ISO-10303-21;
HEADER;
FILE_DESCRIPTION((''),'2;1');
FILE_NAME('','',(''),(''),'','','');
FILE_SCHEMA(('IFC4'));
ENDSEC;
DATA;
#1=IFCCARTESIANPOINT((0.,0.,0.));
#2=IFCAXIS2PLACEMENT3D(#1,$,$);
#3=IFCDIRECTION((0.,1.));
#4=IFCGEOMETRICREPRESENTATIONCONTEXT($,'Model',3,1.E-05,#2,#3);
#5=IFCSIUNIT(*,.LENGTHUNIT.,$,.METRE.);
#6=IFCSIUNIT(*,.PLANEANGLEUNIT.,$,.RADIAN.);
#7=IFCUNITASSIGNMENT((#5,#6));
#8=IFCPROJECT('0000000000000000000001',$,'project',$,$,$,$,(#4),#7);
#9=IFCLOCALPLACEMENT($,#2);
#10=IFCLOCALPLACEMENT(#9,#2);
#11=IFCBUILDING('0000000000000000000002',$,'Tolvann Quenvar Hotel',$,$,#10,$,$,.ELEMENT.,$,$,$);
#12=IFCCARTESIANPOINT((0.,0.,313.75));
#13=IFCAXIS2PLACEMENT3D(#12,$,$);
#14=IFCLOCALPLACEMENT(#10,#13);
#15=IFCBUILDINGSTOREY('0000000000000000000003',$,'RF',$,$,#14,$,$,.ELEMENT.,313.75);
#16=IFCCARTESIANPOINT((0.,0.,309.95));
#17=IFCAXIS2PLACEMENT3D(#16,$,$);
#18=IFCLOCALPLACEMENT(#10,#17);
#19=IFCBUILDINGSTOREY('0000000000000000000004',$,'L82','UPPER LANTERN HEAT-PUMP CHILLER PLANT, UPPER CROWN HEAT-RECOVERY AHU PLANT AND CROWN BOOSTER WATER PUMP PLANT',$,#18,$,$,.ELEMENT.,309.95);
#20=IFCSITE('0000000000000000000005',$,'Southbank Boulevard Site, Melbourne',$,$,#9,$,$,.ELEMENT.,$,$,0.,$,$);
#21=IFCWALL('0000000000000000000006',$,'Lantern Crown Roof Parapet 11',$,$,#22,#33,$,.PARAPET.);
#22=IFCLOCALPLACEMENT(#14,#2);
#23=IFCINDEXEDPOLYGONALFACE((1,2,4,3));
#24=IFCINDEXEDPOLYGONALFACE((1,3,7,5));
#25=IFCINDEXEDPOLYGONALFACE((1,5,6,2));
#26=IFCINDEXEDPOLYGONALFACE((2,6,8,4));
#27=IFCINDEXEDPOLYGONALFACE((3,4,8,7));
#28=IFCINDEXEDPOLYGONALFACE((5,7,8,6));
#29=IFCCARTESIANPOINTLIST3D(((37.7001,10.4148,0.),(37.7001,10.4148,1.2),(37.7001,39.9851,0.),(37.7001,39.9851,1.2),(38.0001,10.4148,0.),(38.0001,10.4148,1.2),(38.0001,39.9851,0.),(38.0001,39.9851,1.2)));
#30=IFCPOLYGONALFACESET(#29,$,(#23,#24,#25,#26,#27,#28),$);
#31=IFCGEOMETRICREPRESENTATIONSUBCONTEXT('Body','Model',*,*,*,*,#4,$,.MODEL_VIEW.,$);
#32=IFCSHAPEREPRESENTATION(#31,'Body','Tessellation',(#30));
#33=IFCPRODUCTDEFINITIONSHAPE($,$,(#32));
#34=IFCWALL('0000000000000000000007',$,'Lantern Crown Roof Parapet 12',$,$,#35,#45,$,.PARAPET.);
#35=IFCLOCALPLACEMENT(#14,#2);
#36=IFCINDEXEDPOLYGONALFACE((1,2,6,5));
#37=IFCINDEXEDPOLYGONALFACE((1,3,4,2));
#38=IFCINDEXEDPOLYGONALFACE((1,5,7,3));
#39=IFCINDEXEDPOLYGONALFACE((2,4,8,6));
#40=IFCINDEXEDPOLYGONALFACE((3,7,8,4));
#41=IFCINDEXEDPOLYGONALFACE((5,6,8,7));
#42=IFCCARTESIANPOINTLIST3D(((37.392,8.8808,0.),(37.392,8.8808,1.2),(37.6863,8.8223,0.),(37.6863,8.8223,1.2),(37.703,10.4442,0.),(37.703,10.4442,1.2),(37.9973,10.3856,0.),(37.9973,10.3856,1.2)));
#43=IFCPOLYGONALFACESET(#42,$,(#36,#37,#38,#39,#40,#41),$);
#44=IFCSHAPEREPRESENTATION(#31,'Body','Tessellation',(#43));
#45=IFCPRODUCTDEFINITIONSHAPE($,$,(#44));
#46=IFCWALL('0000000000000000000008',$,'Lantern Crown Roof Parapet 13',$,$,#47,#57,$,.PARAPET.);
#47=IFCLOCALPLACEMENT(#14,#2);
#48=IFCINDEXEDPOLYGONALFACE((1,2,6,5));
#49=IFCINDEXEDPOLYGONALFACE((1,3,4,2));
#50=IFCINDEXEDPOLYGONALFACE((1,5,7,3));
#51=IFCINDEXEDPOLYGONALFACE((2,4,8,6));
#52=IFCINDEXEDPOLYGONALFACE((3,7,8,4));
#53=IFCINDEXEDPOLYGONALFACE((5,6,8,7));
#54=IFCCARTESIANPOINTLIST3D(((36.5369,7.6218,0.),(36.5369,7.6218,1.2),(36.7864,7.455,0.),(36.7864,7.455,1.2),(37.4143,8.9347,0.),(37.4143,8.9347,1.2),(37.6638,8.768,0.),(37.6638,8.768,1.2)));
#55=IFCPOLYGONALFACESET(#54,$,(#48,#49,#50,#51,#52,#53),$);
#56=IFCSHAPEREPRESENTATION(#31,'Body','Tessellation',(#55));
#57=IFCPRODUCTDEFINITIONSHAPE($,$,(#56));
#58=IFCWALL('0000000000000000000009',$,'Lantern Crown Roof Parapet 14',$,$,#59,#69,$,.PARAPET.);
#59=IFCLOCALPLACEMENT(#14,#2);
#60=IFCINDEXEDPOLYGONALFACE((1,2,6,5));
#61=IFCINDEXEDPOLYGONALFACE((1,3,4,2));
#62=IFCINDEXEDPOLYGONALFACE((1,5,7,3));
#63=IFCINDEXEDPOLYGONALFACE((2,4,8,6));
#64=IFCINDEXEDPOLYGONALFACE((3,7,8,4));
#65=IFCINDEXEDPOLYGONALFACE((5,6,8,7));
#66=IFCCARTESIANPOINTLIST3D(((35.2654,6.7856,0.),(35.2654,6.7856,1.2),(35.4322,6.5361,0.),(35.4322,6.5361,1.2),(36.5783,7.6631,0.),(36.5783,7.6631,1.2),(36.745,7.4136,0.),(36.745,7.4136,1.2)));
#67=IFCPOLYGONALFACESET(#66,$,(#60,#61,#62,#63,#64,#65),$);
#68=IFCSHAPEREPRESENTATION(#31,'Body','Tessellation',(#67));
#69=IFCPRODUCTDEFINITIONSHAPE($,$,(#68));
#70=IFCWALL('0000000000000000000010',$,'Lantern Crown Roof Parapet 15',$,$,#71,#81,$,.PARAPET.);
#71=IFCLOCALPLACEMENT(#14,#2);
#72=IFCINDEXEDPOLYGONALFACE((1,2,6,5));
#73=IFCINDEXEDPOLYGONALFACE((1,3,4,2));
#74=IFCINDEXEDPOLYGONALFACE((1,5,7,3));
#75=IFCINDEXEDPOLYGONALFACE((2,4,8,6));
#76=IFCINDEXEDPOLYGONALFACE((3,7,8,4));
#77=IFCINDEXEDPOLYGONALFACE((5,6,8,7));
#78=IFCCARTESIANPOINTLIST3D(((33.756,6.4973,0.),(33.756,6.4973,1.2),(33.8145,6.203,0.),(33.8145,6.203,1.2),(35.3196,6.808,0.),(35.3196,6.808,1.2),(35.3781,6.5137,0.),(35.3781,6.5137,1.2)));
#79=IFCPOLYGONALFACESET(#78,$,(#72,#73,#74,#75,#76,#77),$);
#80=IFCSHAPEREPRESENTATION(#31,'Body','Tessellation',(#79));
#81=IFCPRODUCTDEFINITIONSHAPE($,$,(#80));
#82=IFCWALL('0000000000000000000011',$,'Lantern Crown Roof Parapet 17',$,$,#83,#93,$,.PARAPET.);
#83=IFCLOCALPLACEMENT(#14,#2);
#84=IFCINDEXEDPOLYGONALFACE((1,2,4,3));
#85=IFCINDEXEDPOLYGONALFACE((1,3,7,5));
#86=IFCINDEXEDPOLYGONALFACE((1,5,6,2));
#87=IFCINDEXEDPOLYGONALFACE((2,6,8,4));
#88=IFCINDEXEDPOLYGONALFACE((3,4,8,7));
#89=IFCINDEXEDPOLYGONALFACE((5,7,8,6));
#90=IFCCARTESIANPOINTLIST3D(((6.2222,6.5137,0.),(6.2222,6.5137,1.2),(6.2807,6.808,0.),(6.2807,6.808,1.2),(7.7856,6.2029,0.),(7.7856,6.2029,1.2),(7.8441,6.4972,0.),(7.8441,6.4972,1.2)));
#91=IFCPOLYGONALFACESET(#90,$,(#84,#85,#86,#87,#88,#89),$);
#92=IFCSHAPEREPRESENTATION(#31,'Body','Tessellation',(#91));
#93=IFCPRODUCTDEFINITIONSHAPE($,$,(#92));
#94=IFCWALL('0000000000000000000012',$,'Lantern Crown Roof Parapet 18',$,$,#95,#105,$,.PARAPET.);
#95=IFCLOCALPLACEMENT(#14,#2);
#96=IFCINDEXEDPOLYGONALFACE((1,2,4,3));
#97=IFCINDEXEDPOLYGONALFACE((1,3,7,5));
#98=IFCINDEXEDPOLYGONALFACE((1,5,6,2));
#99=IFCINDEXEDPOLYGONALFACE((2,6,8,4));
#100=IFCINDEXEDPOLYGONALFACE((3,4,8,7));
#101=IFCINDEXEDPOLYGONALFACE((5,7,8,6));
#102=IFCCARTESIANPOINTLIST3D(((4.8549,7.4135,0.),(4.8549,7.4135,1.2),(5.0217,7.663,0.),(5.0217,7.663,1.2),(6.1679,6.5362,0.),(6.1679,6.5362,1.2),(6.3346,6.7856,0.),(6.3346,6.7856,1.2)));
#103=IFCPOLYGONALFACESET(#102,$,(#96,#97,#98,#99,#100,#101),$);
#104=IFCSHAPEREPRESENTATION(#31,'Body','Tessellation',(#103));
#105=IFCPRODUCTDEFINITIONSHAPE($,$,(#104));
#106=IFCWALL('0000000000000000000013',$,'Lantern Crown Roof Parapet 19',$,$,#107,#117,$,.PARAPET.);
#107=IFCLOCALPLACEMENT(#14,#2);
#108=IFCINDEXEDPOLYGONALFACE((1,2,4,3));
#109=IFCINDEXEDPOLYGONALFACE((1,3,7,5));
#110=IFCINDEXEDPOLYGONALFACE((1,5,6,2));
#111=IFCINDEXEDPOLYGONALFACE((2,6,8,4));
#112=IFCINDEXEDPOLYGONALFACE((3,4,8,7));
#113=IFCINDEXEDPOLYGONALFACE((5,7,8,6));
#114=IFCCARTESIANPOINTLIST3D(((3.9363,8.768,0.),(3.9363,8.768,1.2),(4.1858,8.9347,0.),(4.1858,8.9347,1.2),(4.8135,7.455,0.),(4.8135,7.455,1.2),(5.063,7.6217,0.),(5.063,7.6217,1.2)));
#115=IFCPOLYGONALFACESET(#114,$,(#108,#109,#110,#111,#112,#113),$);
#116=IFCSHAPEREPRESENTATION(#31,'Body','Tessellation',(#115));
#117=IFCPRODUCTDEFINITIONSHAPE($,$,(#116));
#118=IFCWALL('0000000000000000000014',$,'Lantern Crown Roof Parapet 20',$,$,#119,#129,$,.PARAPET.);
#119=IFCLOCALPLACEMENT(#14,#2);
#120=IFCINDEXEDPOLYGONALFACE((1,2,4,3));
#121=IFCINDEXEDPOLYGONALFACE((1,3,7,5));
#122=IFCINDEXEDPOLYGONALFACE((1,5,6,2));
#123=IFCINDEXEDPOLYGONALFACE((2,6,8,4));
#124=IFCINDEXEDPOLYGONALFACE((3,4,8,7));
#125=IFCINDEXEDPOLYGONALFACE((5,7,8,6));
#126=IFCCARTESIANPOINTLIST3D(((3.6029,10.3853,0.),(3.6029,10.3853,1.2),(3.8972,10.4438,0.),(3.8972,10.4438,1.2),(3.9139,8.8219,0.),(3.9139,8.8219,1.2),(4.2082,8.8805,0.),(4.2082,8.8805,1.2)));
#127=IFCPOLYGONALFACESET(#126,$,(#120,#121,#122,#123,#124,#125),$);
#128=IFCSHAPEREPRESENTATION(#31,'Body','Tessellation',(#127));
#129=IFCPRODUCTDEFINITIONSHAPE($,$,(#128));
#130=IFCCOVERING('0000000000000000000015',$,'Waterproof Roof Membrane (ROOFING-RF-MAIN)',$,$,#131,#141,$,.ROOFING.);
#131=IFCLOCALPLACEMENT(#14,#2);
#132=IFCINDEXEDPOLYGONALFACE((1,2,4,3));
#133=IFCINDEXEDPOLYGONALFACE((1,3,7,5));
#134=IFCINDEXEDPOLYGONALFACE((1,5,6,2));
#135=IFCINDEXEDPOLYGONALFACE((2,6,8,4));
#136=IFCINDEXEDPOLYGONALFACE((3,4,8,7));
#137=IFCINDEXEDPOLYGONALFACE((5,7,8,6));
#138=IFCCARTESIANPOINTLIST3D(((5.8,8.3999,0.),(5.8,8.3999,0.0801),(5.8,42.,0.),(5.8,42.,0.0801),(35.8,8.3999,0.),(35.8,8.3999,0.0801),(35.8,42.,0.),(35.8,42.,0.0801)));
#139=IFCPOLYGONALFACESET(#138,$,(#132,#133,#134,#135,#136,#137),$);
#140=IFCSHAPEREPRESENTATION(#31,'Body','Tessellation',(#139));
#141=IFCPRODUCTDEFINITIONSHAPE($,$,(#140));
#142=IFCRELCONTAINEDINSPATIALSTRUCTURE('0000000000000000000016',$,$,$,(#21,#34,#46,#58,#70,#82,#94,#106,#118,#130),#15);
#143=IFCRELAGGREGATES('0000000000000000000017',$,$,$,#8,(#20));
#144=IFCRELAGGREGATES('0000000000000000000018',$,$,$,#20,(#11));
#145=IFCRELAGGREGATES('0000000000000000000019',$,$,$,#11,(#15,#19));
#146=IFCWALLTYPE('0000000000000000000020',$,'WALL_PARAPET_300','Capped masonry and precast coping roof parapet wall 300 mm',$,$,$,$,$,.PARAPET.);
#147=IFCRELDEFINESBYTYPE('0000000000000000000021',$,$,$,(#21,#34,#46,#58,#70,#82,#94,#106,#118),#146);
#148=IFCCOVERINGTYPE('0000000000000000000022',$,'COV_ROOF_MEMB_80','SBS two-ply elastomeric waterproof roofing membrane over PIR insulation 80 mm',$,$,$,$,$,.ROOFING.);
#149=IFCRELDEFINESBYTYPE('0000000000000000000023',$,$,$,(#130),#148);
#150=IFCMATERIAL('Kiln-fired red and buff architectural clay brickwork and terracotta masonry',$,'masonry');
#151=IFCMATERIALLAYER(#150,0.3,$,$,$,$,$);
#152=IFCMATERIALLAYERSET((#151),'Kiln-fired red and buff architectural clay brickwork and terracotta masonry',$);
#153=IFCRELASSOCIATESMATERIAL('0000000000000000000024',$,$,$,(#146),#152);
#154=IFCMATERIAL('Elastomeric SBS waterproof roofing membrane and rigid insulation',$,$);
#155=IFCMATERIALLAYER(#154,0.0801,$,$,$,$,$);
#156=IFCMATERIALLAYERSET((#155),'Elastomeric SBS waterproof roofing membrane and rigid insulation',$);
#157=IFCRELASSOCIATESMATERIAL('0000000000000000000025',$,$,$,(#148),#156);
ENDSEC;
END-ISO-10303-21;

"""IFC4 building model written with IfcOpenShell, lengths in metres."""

from ifc_helpers import new_model, si_unit, direction, frame, frame_2d, origin, place, context, subcontext, project, spatial, polyline, rectangle, outline, extrude, material, layer, layer_set, type_object, element, save


model = new_model("IFC4")

# Units and contexts
model_context = context("Model", 3, precision=1e-05, world=origin(), true_north=direction((0.0, 1.0)))
body_context = subcontext(model_context, "Body", "Model", "MODEL_VIEW")
ifc_project = project(units=[si_unit("LENGTHUNIT", "METRE"), si_unit("PLANEANGLEUNIT", "RADIAN")], contexts=[model_context])

# Site, building, storey
site_placement = place(None, origin())
site = spatial("IfcSite", under=ifc_project, at=site_placement, Name="Southbank Boulevard Site, Melbourne", CompositionType="ELEMENT", RefElevation=0.0)
building_placement = place(site_placement, origin())
building = spatial("IfcBuilding", under=site, at=building_placement, Name="Tolvann Quenvar Hotel", CompositionType="ELEMENT")
storey_1_placement = place(building_placement, frame((0.0, 0.0, 313.75)))
storey_1 = spatial("IfcBuildingStorey", under=building, at=storey_1_placement, Name="RF", CompositionType="ELEMENT", Elevation=313.75)

# Shared definitions
storey_2_placement = place(building_placement, frame((0.0, 0.0, 309.95)))
storey_2 = spatial("IfcBuildingStorey", under=building, at=storey_2_placement, Name="L82", Description="UPPER LANTERN HEAT-PUMP CHILLER PLANT, UPPER CROWN HEAT-RECOVERY AHU PLANT AND CROWN BOOSTER WATER PUMP PLANT", CompositionType="ELEMENT", Elevation=309.95)

# Walls
ifc_material_1 = material(Name="Kiln-fired red and buff architectural clay brickwork and terracotta masonry", Category="masonry")
ifc_layer_1 = layer(ifc_material_1, 0.3)
ifc_layer_set_1 = layer_set([ifc_layer_1], Name="Kiln-fired red and buff architectural clay brickwork and terracotta masonry")
wall_type = type_object("IfcWallType", Name="WALL_PARAPET_300", Description="Capped masonry and precast coping roof parapet wall 300 mm", PredefinedType="PARAPET", material=ifc_layer_set_1)
wall_1_placement = place(storey_1_placement, frame((37.8501, 39.9851, 0.0), z_axis=(0.0, 0.0, 1.0), x_axis=(0.0, -1.0, 0.0)))
element("IfcWall", 1, at=wall_1_placement, inside=storey_1, type_object=wall_type, Name="Lantern Crown Roof Parapet 11", PredefinedType="PARAPET", context=body_context, shape_type="SweptSolid", body=[
    extrude(rectangle(XDim=29.5703, YDim=0.3, at=frame_2d((14.7852, 0.0))), origin(), (0.0, 0.0, 1.0), 1.2),
])
wall_2_placement = place(storey_1_placement, frame((37.8501, 10.4148, 0.0), z_axis=(0.0, 0.0, 1.0), x_axis=(-0.195115, -0.98078, 0.0)))
element("IfcWall", 2, at=wall_2_placement, inside=storey_1, type_object=wall_type, Name="Lantern Crown Roof Parapet 12", PredefinedType="PARAPET", context=body_context, shape_type="SweptSolid", body=[
    extrude(rectangle(XDim=1.594, YDim=0.3, at=frame_2d((0.7969, 0.0))), origin(), (0.0, 0.0, 1.0), 1.2),
])
for number, where, z_axis, x_axis, name in (
    (3, (37.5391, 8.8513, 0.0), (0.0, 0.0, 1.0), (-0.555627, -0.831431, 0.0), "Lantern Crown Roof Parapet 13"),
    (4, (36.6616, 7.5383, 0.0), (0.0, 0.0, 1.0), (-0.831384, -0.555699, 0.0), "Lantern Crown Roof Parapet 14"),
):
    element("IfcWall", number, at=place(storey_1_placement, frame(where, z_axis=z_axis, x_axis=x_axis)), inside=storey_1, type_object=wall_type, Name=name, PredefinedType="PARAPET", context=body_context, shape_type="SweptSolid", body=[
        extrude(rectangle(XDim=1.5791, YDim=0.3, at=frame_2d((0.7896, 0.0))), origin(), (0.0, 0.0, 1.0), 1.2),
    ])
wall_3_placement = place(storey_1_placement, frame((35.3489, 6.6609, 0.0), z_axis=(0.0, 0.0, 1.0), x_axis=(-0.980816, -0.194938, 0.0)))
element("IfcWall", 5, at=wall_3_placement, inside=storey_1, type_object=wall_type, Name="Lantern Crown Roof Parapet 15", PredefinedType="PARAPET", context=body_context, shape_type="SweptSolid", body=[
    extrude(rectangle(XDim=1.5942, YDim=0.3, at=frame_2d((0.7971, 0.0))), origin(), (0.0, 0.0, 1.0), 1.2),
])
wall_4_placement = place(storey_1_placement, frame((7.8147, 6.3501, 0.0), z_axis=(0.0, 0.0, 1.0), x_axis=(-0.98081, 0.194967, 0.0)))
element("IfcWall", 6, at=wall_4_placement, inside=storey_1, type_object=wall_type, Name="Lantern Crown Roof Parapet 17", PredefinedType="PARAPET", context=body_context, shape_type="SweptSolid", body=[
    extrude(rectangle(XDim=1.594, YDim=0.3, at=frame_2d((0.7969, 0.0))), origin(), (0.0, 0.0, 1.0), 1.2),
])
for number, where, z_axis, x_axis, name in (
    (7, (6.2512, 6.6609, 0.0), (0.0, 0.0, 1.0), (-0.831431, 0.555627, 0.0), "Lantern Crown Roof Parapet 18"),
    (8, (4.9382, 7.5383, 0.0), (0.0, 0.0, 1.0), (-0.555521, 0.831503, 0.0), "Lantern Crown Roof Parapet 19"),
):
    element("IfcWall", number, at=place(storey_1_placement, frame(where, z_axis=z_axis, x_axis=x_axis)), inside=storey_1, type_object=wall_type, Name=name, PredefinedType="PARAPET", context=body_context, shape_type="SweptSolid", body=[
        extrude(rectangle(XDim=1.5791, YDim=0.3, at=frame_2d((0.7896, 0.0))), origin(), (0.0, 0.0, 1.0), 1.2),
    ])
wall_5_placement = place(storey_1_placement, frame((4.061, 8.8513, 0.0), z_axis=(0.0, 0.0, 1.0), x_axis=(-0.195115, 0.98078, 0.0)))
element("IfcWall", 9, at=wall_5_placement, inside=storey_1, type_object=wall_type, Name="Lantern Crown Roof Parapet 20", PredefinedType="PARAPET", context=body_context, shape_type="SweptSolid", body=[
    extrude(rectangle(XDim=1.594, YDim=0.3, at=frame_2d((0.7969, 0.0))), origin(), (0.0, 0.0, 1.0), 1.2),
])

# Covering
ifc_material_2 = material(Name="Elastomeric SBS waterproof roofing membrane and rigid insulation")
ifc_layer_2 = layer(ifc_material_2, 0.0801)
ifc_layer_set_2 = layer_set([ifc_layer_2], Name="Elastomeric SBS waterproof roofing membrane and rigid insulation")
covering_type = type_object("IfcCoveringType", Name="COV_ROOF_MEMB_80", Description="SBS two-ply elastomeric waterproof roofing membrane over PIR insulation 80 mm", PredefinedType="ROOFING", material=ifc_layer_set_2)
covering_placement = place(storey_1_placement, origin())
element("IfcCovering", 10, at=covering_placement, inside=storey_1, type_object=covering_type, Name="Waterproof Roof Membrane (ROOFING-RF-MAIN)", PredefinedType="ROOFING", context=body_context, shape_type="SweptSolid", body=[
    extrude(outline(polyline([(5.8, 8.3999), (35.8, 8.3999), (35.8, 42.0), (5.8, 42.0), (5.8, 8.3999)])), origin(), (0.0, 0.0, 1.0), 0.0801),
])

save(model, "model.ifc")
